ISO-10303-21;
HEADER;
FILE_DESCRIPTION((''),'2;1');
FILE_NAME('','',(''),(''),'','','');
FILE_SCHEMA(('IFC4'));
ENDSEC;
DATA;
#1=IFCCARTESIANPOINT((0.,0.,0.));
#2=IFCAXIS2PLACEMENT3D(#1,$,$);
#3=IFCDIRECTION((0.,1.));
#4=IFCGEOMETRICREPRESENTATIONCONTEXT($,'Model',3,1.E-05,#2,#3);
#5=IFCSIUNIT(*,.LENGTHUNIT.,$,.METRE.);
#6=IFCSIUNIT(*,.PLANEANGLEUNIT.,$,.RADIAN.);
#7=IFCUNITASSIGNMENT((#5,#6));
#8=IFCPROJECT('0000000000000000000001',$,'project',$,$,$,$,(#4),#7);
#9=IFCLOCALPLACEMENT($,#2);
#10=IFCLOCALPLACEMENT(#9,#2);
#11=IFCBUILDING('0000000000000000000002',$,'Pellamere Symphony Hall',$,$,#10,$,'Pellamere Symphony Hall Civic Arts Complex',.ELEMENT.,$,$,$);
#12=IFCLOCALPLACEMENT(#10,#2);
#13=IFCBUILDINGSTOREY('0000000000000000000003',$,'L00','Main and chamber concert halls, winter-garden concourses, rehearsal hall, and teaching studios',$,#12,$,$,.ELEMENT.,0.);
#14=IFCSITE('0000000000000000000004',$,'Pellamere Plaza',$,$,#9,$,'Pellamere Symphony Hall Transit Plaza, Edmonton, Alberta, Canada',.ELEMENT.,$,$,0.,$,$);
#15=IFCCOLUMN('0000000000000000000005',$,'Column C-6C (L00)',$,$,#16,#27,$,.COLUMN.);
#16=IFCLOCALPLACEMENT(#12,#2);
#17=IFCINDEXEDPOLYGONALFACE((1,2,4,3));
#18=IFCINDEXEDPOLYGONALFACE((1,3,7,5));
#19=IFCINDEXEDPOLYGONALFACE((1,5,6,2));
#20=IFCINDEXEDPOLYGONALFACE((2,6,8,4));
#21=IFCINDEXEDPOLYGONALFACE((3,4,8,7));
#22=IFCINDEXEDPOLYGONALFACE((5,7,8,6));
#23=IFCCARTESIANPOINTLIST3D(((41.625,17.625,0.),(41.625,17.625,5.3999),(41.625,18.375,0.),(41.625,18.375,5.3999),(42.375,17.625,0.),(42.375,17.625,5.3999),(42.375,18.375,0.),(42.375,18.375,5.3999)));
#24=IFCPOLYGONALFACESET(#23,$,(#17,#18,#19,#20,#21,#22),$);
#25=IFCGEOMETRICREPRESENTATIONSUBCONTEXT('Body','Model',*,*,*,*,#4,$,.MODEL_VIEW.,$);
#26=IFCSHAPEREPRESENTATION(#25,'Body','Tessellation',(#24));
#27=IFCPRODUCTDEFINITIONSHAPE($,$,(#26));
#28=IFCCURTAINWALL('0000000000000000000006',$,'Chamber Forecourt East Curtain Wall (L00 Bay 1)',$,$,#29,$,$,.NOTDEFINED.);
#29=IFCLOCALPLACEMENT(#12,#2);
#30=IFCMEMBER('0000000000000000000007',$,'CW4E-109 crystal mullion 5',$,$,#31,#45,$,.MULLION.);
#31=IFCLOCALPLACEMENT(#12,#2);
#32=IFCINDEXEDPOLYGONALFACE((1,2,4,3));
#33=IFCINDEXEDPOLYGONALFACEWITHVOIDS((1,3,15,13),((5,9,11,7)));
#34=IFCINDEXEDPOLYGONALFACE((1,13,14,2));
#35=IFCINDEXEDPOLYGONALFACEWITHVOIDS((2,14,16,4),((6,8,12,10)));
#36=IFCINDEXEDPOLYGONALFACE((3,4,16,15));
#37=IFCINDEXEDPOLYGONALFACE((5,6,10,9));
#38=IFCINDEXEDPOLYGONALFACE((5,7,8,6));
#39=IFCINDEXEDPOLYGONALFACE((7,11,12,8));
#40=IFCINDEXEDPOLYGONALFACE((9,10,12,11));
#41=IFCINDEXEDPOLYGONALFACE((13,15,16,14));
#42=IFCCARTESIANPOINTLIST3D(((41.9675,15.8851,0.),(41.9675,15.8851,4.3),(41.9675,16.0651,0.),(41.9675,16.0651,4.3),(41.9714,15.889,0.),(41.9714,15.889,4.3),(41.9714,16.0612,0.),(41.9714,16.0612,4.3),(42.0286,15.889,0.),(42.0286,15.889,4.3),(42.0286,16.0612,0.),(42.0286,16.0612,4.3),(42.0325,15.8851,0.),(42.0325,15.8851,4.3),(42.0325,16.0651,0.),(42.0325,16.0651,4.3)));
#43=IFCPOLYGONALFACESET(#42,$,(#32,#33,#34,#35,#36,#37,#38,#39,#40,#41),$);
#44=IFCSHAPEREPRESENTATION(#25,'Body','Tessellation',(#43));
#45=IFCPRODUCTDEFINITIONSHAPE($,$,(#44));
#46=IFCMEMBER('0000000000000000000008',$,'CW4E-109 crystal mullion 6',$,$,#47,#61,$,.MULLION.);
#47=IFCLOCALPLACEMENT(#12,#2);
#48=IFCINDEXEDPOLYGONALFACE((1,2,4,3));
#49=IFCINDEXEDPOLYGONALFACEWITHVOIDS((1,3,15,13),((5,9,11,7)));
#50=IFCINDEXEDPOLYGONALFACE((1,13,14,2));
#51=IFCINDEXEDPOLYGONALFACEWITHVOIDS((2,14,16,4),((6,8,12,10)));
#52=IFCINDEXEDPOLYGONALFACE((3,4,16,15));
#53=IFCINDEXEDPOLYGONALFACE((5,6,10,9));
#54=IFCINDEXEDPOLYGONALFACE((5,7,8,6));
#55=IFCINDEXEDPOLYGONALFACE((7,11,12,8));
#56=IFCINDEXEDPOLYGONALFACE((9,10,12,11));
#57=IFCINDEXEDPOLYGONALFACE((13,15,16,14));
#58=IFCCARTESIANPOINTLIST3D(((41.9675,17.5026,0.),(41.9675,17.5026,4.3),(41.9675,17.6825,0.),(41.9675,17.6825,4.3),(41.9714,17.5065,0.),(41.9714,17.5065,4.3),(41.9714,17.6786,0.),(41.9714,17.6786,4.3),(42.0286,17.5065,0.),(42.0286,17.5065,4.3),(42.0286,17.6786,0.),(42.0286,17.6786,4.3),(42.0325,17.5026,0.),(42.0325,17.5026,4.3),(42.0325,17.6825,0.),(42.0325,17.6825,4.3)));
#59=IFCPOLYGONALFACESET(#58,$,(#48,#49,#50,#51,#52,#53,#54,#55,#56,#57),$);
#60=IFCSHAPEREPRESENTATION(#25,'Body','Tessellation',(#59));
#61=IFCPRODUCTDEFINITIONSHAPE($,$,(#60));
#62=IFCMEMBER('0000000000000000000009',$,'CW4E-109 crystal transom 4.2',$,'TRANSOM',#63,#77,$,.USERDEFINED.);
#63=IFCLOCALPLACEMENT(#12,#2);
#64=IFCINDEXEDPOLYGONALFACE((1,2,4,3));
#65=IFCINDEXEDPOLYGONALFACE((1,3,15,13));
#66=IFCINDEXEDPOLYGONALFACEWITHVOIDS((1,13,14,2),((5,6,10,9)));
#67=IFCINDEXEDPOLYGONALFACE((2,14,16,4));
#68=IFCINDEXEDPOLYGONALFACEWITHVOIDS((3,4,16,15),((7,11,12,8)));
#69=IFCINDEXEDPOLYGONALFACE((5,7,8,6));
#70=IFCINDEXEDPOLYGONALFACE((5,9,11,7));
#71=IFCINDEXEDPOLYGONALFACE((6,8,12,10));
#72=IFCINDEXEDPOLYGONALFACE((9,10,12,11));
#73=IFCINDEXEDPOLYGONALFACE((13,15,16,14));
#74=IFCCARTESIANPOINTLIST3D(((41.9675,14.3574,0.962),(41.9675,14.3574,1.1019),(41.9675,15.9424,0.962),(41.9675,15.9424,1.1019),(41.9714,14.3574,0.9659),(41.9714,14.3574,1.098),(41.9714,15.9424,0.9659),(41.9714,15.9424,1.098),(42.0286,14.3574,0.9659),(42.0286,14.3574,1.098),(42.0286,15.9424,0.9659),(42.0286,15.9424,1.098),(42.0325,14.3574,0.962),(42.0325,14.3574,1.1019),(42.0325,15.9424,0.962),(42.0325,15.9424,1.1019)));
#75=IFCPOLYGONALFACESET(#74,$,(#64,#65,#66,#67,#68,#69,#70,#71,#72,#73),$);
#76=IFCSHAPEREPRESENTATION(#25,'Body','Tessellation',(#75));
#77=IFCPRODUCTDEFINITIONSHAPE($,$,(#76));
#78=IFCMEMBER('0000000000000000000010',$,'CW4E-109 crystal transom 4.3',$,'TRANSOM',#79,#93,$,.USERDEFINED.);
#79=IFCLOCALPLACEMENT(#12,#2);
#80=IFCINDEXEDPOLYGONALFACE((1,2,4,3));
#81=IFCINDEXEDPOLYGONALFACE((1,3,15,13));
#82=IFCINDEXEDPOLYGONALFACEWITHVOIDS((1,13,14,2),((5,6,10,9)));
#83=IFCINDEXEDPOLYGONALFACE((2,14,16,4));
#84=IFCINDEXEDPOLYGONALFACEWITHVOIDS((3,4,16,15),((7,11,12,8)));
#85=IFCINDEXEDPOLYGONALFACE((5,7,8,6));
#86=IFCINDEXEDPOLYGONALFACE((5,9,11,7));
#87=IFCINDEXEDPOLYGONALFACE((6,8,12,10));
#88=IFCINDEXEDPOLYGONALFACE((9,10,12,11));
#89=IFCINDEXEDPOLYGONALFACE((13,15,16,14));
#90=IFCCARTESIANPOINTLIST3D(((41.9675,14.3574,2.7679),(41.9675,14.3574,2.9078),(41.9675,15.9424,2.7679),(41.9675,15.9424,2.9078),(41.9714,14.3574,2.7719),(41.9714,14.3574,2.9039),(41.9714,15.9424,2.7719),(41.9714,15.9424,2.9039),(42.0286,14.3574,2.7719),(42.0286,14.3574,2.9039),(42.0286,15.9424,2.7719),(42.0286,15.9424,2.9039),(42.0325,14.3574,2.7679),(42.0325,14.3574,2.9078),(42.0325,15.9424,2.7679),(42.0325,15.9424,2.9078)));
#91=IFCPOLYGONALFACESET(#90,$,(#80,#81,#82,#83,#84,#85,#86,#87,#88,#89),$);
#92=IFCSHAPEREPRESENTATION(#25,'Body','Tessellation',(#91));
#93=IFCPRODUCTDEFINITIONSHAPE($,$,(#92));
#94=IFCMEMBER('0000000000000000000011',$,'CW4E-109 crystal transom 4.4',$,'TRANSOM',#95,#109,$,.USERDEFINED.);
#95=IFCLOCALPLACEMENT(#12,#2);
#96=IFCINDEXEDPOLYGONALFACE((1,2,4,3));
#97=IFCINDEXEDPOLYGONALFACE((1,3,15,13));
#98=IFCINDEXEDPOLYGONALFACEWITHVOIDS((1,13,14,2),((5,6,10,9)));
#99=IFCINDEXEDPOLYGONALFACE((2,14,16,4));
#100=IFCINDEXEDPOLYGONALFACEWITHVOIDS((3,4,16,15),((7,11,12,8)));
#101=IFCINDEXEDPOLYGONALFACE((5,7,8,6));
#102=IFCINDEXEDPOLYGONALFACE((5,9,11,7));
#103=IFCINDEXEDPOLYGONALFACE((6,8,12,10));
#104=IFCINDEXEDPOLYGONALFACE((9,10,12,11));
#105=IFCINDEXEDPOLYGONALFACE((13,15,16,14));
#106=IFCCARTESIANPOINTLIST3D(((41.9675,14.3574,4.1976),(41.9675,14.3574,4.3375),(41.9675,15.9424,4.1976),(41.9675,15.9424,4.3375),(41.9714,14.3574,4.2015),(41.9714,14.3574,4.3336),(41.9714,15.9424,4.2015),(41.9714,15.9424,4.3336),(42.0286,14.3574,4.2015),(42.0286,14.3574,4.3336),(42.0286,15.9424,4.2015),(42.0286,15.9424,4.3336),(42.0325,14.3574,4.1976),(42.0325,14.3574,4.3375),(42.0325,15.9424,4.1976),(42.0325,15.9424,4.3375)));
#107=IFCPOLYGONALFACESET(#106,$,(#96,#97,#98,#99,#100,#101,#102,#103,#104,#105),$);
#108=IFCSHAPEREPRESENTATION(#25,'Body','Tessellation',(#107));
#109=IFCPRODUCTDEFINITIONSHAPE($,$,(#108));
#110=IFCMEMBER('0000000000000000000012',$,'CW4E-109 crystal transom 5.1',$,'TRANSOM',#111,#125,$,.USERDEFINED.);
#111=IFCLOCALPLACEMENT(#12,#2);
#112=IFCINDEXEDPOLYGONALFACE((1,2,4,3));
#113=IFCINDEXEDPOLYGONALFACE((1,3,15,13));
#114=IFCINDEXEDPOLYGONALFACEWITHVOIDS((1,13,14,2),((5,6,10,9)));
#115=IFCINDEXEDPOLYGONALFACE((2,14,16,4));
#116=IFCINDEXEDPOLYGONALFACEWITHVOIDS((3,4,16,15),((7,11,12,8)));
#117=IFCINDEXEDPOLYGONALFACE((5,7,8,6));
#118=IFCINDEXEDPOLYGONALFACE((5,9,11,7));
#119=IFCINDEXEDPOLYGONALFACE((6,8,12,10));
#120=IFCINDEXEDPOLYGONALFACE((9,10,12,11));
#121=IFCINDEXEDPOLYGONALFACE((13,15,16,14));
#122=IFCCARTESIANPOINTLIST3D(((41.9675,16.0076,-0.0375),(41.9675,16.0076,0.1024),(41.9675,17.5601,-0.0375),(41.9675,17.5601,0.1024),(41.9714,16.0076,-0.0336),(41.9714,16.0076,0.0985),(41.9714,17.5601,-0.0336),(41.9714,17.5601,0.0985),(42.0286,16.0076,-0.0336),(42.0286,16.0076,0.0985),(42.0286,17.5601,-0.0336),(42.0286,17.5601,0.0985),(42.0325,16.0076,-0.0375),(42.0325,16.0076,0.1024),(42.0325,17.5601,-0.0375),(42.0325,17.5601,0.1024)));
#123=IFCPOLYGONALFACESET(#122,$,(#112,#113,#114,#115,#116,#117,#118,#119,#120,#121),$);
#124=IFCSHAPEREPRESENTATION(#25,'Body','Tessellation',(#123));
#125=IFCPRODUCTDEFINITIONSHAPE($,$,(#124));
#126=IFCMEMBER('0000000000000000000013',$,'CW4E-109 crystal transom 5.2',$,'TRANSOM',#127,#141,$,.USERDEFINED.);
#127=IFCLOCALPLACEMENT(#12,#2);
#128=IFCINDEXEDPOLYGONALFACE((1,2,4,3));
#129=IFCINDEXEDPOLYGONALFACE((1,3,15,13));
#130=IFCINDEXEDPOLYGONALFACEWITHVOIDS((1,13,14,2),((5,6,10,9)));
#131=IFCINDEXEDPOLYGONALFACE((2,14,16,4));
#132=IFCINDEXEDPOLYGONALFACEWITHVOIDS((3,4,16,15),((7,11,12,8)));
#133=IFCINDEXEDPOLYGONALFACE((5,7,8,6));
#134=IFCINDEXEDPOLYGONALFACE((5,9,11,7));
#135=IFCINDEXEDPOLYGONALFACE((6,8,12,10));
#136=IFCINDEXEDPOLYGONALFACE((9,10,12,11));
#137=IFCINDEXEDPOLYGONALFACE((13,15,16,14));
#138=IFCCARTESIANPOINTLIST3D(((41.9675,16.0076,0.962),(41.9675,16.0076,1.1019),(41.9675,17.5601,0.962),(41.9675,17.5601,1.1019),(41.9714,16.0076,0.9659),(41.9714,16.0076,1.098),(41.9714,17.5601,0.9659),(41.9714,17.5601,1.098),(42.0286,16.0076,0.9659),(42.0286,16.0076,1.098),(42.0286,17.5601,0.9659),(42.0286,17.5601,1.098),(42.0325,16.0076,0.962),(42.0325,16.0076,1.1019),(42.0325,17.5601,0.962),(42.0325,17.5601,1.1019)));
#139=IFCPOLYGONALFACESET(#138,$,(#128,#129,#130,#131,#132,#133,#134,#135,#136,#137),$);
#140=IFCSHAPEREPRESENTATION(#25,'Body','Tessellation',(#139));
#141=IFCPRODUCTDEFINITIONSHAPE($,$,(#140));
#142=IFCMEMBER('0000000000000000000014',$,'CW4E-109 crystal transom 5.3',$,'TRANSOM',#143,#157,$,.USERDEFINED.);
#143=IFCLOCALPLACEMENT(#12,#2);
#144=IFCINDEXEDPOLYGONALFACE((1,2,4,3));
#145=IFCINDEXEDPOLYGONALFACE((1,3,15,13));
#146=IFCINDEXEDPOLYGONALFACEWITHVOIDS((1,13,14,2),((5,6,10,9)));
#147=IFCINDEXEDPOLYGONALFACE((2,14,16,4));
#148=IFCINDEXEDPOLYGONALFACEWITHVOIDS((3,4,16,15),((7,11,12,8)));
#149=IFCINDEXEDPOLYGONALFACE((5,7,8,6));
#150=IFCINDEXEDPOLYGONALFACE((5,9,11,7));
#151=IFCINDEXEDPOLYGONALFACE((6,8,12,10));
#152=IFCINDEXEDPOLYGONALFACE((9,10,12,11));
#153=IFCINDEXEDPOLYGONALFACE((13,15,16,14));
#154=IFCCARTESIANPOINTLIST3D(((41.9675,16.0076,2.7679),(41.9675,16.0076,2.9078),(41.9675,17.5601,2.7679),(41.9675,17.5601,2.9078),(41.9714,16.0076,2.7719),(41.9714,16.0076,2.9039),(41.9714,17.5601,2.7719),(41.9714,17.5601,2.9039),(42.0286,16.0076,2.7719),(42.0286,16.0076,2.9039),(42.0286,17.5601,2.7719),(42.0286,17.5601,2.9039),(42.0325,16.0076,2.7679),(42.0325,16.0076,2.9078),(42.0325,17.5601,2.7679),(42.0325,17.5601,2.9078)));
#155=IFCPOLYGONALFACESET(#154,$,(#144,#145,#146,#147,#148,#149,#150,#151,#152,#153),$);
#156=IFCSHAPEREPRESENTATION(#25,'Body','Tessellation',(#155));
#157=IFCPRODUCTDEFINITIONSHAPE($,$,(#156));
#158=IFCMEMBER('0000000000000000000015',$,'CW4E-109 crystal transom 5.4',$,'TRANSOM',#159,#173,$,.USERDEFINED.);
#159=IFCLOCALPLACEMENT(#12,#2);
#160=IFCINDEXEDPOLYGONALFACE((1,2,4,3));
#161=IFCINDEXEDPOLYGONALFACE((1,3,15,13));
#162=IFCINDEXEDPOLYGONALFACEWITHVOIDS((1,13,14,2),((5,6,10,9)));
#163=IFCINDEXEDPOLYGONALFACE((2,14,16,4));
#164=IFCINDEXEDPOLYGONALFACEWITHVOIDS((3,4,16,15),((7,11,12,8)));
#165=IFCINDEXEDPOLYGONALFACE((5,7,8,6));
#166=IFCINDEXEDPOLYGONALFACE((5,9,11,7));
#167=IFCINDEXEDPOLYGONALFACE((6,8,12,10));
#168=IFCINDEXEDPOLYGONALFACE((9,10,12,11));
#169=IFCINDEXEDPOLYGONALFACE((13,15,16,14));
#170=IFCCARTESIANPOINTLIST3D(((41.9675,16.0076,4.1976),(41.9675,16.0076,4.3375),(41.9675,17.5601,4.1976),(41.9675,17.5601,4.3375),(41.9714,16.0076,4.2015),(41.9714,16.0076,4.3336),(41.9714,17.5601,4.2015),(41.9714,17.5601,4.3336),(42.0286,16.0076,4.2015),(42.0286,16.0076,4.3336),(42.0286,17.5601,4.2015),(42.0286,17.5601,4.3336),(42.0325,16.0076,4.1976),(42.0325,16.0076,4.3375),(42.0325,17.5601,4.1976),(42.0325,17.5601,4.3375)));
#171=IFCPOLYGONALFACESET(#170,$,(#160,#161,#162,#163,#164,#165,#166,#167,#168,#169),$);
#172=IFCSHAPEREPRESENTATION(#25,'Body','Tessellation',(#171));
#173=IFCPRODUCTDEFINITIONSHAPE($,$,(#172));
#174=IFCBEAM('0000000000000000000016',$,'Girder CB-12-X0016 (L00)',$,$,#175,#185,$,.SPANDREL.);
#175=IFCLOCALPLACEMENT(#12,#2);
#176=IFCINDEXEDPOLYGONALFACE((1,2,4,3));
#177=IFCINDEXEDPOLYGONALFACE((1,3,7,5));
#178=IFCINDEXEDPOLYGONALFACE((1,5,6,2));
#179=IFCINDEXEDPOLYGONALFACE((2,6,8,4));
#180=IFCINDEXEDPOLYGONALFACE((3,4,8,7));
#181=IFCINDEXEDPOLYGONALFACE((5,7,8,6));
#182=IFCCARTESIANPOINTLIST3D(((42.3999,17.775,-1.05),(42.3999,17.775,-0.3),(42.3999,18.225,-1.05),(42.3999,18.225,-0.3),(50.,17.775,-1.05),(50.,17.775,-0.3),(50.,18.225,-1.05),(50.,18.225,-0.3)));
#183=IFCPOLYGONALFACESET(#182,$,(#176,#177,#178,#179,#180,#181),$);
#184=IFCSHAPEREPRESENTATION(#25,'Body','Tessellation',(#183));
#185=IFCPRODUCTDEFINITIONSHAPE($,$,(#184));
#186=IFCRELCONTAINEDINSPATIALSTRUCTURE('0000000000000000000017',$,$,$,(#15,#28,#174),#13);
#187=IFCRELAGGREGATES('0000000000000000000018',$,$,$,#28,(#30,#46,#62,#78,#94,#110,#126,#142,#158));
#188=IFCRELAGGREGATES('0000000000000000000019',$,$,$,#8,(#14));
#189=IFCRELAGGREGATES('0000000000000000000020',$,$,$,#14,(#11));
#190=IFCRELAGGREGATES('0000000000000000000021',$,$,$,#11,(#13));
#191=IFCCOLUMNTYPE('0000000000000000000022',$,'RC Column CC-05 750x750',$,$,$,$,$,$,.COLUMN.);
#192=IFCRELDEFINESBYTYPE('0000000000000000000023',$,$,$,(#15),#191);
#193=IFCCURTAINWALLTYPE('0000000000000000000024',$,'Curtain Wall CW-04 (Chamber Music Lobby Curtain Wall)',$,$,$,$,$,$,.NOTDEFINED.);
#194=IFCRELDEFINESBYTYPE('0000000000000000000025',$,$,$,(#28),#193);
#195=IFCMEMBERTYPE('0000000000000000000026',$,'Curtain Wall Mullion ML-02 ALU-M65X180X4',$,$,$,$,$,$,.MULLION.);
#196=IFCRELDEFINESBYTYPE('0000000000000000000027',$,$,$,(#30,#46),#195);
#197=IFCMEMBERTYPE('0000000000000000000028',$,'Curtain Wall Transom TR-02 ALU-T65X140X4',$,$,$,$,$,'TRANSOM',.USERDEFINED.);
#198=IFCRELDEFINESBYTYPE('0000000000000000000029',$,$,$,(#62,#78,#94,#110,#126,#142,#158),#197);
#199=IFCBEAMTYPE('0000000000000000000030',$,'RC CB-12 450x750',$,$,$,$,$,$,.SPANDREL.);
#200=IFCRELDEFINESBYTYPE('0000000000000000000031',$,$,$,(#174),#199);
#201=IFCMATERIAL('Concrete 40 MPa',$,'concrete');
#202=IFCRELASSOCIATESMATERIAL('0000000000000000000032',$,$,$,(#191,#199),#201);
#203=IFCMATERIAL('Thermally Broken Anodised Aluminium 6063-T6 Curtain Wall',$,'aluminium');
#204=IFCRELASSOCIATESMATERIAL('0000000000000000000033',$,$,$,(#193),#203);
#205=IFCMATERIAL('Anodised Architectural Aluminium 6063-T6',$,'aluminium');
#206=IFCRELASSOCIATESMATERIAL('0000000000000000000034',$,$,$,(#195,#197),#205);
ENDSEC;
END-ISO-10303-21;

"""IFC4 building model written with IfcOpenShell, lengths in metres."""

from ifc_helpers import new_model, si_unit, direction, frame, origin, origin_2d, place, context, subcontext, project, spatial, rectangle, hollow_rectangle, extrude, material, material_profile, profile_set, type_object, element, aggregate, save


model = new_model("IFC4")

# Units and contexts
model_context = context("Model", 3, precision=1e-05, world=origin(), true_north=direction((0.0, 1.0)))
body_context = subcontext(model_context, "Body", "Model", "MODEL_VIEW")
ifc_project = project(units=[si_unit("LENGTHUNIT", "METRE"), si_unit("PLANEANGLEUNIT", "RADIAN")], contexts=[model_context])

# Site, building, storey
site_placement = place(None, origin())
site = spatial("IfcSite", under=ifc_project, at=site_placement, Name="Pellamere Plaza", LongName="Pellamere Symphony Hall Transit Plaza, Edmonton, Alberta, Canada", CompositionType="ELEMENT", RefElevation=0.0)
building_placement = place(site_placement, origin())
building = spatial("IfcBuilding", under=site, at=building_placement, Name="Pellamere Symphony Hall", LongName="Pellamere Symphony Hall Civic Arts Complex", CompositionType="ELEMENT")
storey_placement = place(building_placement, origin())
storey = spatial("IfcBuildingStorey", under=building, at=storey_placement, Name="L00", Description="Main and chamber concert halls, winter-garden concourses, rehearsal hall, and teaching studios", CompositionType="ELEMENT", Elevation=0.0)

# Column
ifc_material_1 = material(Name="Concrete 40 MPa", Category="concrete")
ifc_material_profile_1 = material_profile(ifc_material_1, rectangle(XDim=0.75, YDim=0.75, at=origin_2d()), Name="RC 750x750")
ifc_profile_set_1 = profile_set([ifc_material_profile_1], Name="Concrete 40 MPa")
column_type = type_object("IfcColumnType", Name="RC Column CC-05 750x750", PredefinedType="COLUMN", material=ifc_profile_set_1)
column_placement = place(storey_placement, frame((42.0, 18.0, 0.0), z_axis=(0.0, 0.0, 1.0), x_axis=(1.0, 0.0, 0.0)))
element("IfcColumn", 1, at=column_placement, inside=storey, type_object=column_type, Name="Column C-6C (L00)", PredefinedType="COLUMN", context=body_context, shape_type="SweptSolid", body=[
    extrude(rectangle(XDim=0.75, YDim=0.75, at=origin_2d()), origin(), (0.0, 0.0, 1.0), 5.3999),
])

# Curtain wall, members
ifc_material_2 = material(Name="Thermally Broken Anodised Aluminium 6063-T6 Curtain Wall", Category="aluminium")
curtain_wall_type = type_object("IfcCurtainWallType", Name="Curtain Wall CW-04 (Chamber Music Lobby Curtain Wall)", PredefinedType="NOTDEFINED", material=ifc_material_2)
curtain_wall_placement = place(storey_placement, origin())
curtain_wall = element("IfcCurtainWall", 2, at=curtain_wall_placement, inside=storey, type_object=curtain_wall_type, Name="Chamber Forecourt East Curtain Wall (L00 Bay 1)", PredefinedType="NOTDEFINED")
ifc_material_3 = material(Name="Anodised Architectural Aluminium 6063-T6", Category="aluminium")
ifc_material_profile_2 = material_profile(ifc_material_3, hollow_rectangle(XDim=0.0649, YDim=0.1799, WallThickness=0.0039, at=origin_2d()), Name="ALU-M65X180X4")
ifc_profile_set_2 = profile_set([ifc_material_profile_2], Name="Anodised Architectural Aluminium 6063-T6")
member_type_1 = type_object("IfcMemberType", Name="Curtain Wall Mullion ML-02 ALU-M65X180X4", PredefinedType="MULLION", material=ifc_profile_set_2)
member_1_placement = place(storey_placement, frame((42.0, 15.9751, 0.0), z_axis=(0.0, 0.0, 1.0), x_axis=(-1.0, 0.0, 0.0)))
member_1 = element("IfcMember", 3, at=member_1_placement, type_object=member_type_1, Name="CW4E-109 crystal mullion 5", PredefinedType="MULLION", context=body_context, shape_type="SweptSolid", body=[
    extrude(hollow_rectangle(XDim=0.0649, YDim=0.1799, WallThickness=0.0039, at=origin_2d()), origin(), (0.0, 0.0, 1.0), 4.3),
])
member_2_placement = place(storey_placement, frame((42.0, 17.5925, 0.0), z_axis=(0.0, 0.0, 1.0), x_axis=(-1.0, 0.0, 0.0)))
member_2 = element("IfcMember", 4, at=member_2_placement, type_object=member_type_1, Name="CW4E-109 crystal mullion 6", PredefinedType="MULLION", context=body_context, shape_type="SweptSolid", body=[
    extrude(hollow_rectangle(XDim=0.0649, YDim=0.1799, WallThickness=0.0039, at=origin_2d()), origin(), (0.0, 0.0, 1.0), 4.3),
])
ifc_material_profile_3 = material_profile(ifc_material_3, hollow_rectangle(XDim=0.0649, YDim=0.1399, WallThickness=0.0039, at=origin_2d()), Name="ALU-T65X140X4")
ifc_profile_set_3 = profile_set([ifc_material_profile_3], Name="Anodised Architectural Aluminium 6063-T6")
member_type_2 = type_object("IfcMemberType", Name="Curtain Wall Transom TR-02 ALU-T65X140X4", ElementType="TRANSOM", PredefinedType="USERDEFINED", material=ifc_profile_set_3)
member_3_placement = place(storey_placement, frame((42.0, 14.3574, 1.032), z_axis=(0.0, 1.0, 0.0), x_axis=(-1.0, 0.0, 0.0)))
member_3 = element("IfcMember", 5, at=member_3_placement, type_object=member_type_2, Name="CW4E-109 crystal transom 4.2", ObjectType="TRANSOM", PredefinedType="USERDEFINED", context=body_context, shape_type="SweptSolid", body=[
    extrude(hollow_rectangle(XDim=0.0649, YDim=0.1399, WallThickness=0.0039, at=origin_2d()), origin(), (0.0, 0.0, 1.0), 1.585),
])
member_4_placement = place(storey_placement, frame((42.0, 14.3574, 2.8379), z_axis=(0.0, 1.0, 0.0), x_axis=(-1.0, 0.0, 0.0)))
member_4 = element("IfcMember", 6, at=member_4_placement, type_object=member_type_2, Name="CW4E-109 crystal transom 4.3", ObjectType="TRANSOM", PredefinedType="USERDEFINED", context=body_context, shape_type="SweptSolid", body=[
    extrude(hollow_rectangle(XDim=0.0649, YDim=0.1399, WallThickness=0.0039, at=origin_2d()), origin(), (0.0, 0.0, 1.0), 1.585),
])
member_5_placement = place(storey_placement, frame((42.0, 14.3574, 4.2676), z_axis=(0.0, 1.0, 0.0), x_axis=(-1.0, 0.0, 0.0)))
member_5 = element("IfcMember", 7, at=member_5_placement, type_object=member_type_2, Name="CW4E-109 crystal transom 4.4", ObjectType="TRANSOM", PredefinedType="USERDEFINED", context=body_context, shape_type="SweptSolid", body=[
    extrude(hollow_rectangle(XDim=0.0649, YDim=0.1399, WallThickness=0.0039, at=origin_2d()), origin(), (0.0, 0.0, 1.0), 1.585),
])
member_6_placement = place(storey_placement, frame((42.0, 16.0076, 0.0325), z_axis=(0.0, 1.0, 0.0), x_axis=(-1.0, 0.0, 0.0)))
member_6 = element("IfcMember", 8, at=member_6_placement, type_object=member_type_2, Name="CW4E-109 crystal transom 5.1", ObjectType="TRANSOM", PredefinedType="USERDEFINED", context=body_context, shape_type="SweptSolid", body=[
    extrude(hollow_rectangle(XDim=0.0649, YDim=0.1399, WallThickness=0.0039, at=origin_2d()), origin(), (0.0, 0.0, 1.0), 1.5525),
])
member_7_placement = place(storey_placement, frame((42.0, 16.0076, 1.032), z_axis=(0.0, 1.0, 0.0), x_axis=(-1.0, 0.0, 0.0)))
member_7 = element("IfcMember", 9, at=member_7_placement, type_object=member_type_2, Name="CW4E-109 crystal transom 5.2", ObjectType="TRANSOM", PredefinedType="USERDEFINED", context=body_context, shape_type="SweptSolid", body=[
    extrude(hollow_rectangle(XDim=0.0649, YDim=0.1399, WallThickness=0.0039, at=origin_2d()), origin(), (0.0, 0.0, 1.0), 1.5525),
])
member_8_placement = place(storey_placement, frame((42.0, 16.0076, 2.8379), z_axis=(0.0, 1.0, 0.0), x_axis=(-1.0, 0.0, 0.0)))
member_8 = element("IfcMember", 10, at=member_8_placement, type_object=member_type_2, Name="CW4E-109 crystal transom 5.3", ObjectType="TRANSOM", PredefinedType="USERDEFINED", context=body_context, shape_type="SweptSolid", body=[
    extrude(hollow_rectangle(XDim=0.0649, YDim=0.1399, WallThickness=0.0039, at=origin_2d()), origin(), (0.0, 0.0, 1.0), 1.5525),
])
member_9_placement = place(storey_placement, frame((42.0, 16.0076, 4.2676), z_axis=(0.0, 1.0, 0.0), x_axis=(-1.0, 0.0, 0.0)))
member_9 = element("IfcMember", 11, at=member_9_placement, type_object=member_type_2, Name="CW4E-109 crystal transom 5.4", ObjectType="TRANSOM", PredefinedType="USERDEFINED", context=body_context, shape_type="SweptSolid", body=[
    extrude(hollow_rectangle(XDim=0.0649, YDim=0.1399, WallThickness=0.0039, at=origin_2d()), origin(), (0.0, 0.0, 1.0), 1.5525),
])

# Beam
ifc_material_profile_4 = material_profile(ifc_material_1, rectangle(XDim=0.45, YDim=0.75, at=origin_2d()), Name="RC 450x750")
ifc_profile_set_4 = profile_set([ifc_material_profile_4], Name="Concrete 40 MPa")
beam_type = type_object("IfcBeamType", Name="RC CB-12 450x750", PredefinedType="SPANDREL", material=ifc_profile_set_4)
beam_placement = place(storey_placement, frame((42.3999, 18.0, -0.675), z_axis=(1.0, 0.0, 0.0), x_axis=(0.0, 1.0, 0.0)))
element("IfcBeam", 12, at=beam_placement, inside=storey, type_object=beam_type, Name="Girder CB-12-X0016 (L00)", PredefinedType="SPANDREL", context=body_context, shape_type="SweptSolid", body=[
    extrude(rectangle(XDim=0.45, YDim=0.75, at=origin_2d()), origin(), (0.0, 0.0, 1.0), 7.6001),
])

aggregate(curtain_wall, [member_1, member_2, member_3, member_4, member_5, member_6, member_7, member_8, member_9])

save(model, "model.ifc")
